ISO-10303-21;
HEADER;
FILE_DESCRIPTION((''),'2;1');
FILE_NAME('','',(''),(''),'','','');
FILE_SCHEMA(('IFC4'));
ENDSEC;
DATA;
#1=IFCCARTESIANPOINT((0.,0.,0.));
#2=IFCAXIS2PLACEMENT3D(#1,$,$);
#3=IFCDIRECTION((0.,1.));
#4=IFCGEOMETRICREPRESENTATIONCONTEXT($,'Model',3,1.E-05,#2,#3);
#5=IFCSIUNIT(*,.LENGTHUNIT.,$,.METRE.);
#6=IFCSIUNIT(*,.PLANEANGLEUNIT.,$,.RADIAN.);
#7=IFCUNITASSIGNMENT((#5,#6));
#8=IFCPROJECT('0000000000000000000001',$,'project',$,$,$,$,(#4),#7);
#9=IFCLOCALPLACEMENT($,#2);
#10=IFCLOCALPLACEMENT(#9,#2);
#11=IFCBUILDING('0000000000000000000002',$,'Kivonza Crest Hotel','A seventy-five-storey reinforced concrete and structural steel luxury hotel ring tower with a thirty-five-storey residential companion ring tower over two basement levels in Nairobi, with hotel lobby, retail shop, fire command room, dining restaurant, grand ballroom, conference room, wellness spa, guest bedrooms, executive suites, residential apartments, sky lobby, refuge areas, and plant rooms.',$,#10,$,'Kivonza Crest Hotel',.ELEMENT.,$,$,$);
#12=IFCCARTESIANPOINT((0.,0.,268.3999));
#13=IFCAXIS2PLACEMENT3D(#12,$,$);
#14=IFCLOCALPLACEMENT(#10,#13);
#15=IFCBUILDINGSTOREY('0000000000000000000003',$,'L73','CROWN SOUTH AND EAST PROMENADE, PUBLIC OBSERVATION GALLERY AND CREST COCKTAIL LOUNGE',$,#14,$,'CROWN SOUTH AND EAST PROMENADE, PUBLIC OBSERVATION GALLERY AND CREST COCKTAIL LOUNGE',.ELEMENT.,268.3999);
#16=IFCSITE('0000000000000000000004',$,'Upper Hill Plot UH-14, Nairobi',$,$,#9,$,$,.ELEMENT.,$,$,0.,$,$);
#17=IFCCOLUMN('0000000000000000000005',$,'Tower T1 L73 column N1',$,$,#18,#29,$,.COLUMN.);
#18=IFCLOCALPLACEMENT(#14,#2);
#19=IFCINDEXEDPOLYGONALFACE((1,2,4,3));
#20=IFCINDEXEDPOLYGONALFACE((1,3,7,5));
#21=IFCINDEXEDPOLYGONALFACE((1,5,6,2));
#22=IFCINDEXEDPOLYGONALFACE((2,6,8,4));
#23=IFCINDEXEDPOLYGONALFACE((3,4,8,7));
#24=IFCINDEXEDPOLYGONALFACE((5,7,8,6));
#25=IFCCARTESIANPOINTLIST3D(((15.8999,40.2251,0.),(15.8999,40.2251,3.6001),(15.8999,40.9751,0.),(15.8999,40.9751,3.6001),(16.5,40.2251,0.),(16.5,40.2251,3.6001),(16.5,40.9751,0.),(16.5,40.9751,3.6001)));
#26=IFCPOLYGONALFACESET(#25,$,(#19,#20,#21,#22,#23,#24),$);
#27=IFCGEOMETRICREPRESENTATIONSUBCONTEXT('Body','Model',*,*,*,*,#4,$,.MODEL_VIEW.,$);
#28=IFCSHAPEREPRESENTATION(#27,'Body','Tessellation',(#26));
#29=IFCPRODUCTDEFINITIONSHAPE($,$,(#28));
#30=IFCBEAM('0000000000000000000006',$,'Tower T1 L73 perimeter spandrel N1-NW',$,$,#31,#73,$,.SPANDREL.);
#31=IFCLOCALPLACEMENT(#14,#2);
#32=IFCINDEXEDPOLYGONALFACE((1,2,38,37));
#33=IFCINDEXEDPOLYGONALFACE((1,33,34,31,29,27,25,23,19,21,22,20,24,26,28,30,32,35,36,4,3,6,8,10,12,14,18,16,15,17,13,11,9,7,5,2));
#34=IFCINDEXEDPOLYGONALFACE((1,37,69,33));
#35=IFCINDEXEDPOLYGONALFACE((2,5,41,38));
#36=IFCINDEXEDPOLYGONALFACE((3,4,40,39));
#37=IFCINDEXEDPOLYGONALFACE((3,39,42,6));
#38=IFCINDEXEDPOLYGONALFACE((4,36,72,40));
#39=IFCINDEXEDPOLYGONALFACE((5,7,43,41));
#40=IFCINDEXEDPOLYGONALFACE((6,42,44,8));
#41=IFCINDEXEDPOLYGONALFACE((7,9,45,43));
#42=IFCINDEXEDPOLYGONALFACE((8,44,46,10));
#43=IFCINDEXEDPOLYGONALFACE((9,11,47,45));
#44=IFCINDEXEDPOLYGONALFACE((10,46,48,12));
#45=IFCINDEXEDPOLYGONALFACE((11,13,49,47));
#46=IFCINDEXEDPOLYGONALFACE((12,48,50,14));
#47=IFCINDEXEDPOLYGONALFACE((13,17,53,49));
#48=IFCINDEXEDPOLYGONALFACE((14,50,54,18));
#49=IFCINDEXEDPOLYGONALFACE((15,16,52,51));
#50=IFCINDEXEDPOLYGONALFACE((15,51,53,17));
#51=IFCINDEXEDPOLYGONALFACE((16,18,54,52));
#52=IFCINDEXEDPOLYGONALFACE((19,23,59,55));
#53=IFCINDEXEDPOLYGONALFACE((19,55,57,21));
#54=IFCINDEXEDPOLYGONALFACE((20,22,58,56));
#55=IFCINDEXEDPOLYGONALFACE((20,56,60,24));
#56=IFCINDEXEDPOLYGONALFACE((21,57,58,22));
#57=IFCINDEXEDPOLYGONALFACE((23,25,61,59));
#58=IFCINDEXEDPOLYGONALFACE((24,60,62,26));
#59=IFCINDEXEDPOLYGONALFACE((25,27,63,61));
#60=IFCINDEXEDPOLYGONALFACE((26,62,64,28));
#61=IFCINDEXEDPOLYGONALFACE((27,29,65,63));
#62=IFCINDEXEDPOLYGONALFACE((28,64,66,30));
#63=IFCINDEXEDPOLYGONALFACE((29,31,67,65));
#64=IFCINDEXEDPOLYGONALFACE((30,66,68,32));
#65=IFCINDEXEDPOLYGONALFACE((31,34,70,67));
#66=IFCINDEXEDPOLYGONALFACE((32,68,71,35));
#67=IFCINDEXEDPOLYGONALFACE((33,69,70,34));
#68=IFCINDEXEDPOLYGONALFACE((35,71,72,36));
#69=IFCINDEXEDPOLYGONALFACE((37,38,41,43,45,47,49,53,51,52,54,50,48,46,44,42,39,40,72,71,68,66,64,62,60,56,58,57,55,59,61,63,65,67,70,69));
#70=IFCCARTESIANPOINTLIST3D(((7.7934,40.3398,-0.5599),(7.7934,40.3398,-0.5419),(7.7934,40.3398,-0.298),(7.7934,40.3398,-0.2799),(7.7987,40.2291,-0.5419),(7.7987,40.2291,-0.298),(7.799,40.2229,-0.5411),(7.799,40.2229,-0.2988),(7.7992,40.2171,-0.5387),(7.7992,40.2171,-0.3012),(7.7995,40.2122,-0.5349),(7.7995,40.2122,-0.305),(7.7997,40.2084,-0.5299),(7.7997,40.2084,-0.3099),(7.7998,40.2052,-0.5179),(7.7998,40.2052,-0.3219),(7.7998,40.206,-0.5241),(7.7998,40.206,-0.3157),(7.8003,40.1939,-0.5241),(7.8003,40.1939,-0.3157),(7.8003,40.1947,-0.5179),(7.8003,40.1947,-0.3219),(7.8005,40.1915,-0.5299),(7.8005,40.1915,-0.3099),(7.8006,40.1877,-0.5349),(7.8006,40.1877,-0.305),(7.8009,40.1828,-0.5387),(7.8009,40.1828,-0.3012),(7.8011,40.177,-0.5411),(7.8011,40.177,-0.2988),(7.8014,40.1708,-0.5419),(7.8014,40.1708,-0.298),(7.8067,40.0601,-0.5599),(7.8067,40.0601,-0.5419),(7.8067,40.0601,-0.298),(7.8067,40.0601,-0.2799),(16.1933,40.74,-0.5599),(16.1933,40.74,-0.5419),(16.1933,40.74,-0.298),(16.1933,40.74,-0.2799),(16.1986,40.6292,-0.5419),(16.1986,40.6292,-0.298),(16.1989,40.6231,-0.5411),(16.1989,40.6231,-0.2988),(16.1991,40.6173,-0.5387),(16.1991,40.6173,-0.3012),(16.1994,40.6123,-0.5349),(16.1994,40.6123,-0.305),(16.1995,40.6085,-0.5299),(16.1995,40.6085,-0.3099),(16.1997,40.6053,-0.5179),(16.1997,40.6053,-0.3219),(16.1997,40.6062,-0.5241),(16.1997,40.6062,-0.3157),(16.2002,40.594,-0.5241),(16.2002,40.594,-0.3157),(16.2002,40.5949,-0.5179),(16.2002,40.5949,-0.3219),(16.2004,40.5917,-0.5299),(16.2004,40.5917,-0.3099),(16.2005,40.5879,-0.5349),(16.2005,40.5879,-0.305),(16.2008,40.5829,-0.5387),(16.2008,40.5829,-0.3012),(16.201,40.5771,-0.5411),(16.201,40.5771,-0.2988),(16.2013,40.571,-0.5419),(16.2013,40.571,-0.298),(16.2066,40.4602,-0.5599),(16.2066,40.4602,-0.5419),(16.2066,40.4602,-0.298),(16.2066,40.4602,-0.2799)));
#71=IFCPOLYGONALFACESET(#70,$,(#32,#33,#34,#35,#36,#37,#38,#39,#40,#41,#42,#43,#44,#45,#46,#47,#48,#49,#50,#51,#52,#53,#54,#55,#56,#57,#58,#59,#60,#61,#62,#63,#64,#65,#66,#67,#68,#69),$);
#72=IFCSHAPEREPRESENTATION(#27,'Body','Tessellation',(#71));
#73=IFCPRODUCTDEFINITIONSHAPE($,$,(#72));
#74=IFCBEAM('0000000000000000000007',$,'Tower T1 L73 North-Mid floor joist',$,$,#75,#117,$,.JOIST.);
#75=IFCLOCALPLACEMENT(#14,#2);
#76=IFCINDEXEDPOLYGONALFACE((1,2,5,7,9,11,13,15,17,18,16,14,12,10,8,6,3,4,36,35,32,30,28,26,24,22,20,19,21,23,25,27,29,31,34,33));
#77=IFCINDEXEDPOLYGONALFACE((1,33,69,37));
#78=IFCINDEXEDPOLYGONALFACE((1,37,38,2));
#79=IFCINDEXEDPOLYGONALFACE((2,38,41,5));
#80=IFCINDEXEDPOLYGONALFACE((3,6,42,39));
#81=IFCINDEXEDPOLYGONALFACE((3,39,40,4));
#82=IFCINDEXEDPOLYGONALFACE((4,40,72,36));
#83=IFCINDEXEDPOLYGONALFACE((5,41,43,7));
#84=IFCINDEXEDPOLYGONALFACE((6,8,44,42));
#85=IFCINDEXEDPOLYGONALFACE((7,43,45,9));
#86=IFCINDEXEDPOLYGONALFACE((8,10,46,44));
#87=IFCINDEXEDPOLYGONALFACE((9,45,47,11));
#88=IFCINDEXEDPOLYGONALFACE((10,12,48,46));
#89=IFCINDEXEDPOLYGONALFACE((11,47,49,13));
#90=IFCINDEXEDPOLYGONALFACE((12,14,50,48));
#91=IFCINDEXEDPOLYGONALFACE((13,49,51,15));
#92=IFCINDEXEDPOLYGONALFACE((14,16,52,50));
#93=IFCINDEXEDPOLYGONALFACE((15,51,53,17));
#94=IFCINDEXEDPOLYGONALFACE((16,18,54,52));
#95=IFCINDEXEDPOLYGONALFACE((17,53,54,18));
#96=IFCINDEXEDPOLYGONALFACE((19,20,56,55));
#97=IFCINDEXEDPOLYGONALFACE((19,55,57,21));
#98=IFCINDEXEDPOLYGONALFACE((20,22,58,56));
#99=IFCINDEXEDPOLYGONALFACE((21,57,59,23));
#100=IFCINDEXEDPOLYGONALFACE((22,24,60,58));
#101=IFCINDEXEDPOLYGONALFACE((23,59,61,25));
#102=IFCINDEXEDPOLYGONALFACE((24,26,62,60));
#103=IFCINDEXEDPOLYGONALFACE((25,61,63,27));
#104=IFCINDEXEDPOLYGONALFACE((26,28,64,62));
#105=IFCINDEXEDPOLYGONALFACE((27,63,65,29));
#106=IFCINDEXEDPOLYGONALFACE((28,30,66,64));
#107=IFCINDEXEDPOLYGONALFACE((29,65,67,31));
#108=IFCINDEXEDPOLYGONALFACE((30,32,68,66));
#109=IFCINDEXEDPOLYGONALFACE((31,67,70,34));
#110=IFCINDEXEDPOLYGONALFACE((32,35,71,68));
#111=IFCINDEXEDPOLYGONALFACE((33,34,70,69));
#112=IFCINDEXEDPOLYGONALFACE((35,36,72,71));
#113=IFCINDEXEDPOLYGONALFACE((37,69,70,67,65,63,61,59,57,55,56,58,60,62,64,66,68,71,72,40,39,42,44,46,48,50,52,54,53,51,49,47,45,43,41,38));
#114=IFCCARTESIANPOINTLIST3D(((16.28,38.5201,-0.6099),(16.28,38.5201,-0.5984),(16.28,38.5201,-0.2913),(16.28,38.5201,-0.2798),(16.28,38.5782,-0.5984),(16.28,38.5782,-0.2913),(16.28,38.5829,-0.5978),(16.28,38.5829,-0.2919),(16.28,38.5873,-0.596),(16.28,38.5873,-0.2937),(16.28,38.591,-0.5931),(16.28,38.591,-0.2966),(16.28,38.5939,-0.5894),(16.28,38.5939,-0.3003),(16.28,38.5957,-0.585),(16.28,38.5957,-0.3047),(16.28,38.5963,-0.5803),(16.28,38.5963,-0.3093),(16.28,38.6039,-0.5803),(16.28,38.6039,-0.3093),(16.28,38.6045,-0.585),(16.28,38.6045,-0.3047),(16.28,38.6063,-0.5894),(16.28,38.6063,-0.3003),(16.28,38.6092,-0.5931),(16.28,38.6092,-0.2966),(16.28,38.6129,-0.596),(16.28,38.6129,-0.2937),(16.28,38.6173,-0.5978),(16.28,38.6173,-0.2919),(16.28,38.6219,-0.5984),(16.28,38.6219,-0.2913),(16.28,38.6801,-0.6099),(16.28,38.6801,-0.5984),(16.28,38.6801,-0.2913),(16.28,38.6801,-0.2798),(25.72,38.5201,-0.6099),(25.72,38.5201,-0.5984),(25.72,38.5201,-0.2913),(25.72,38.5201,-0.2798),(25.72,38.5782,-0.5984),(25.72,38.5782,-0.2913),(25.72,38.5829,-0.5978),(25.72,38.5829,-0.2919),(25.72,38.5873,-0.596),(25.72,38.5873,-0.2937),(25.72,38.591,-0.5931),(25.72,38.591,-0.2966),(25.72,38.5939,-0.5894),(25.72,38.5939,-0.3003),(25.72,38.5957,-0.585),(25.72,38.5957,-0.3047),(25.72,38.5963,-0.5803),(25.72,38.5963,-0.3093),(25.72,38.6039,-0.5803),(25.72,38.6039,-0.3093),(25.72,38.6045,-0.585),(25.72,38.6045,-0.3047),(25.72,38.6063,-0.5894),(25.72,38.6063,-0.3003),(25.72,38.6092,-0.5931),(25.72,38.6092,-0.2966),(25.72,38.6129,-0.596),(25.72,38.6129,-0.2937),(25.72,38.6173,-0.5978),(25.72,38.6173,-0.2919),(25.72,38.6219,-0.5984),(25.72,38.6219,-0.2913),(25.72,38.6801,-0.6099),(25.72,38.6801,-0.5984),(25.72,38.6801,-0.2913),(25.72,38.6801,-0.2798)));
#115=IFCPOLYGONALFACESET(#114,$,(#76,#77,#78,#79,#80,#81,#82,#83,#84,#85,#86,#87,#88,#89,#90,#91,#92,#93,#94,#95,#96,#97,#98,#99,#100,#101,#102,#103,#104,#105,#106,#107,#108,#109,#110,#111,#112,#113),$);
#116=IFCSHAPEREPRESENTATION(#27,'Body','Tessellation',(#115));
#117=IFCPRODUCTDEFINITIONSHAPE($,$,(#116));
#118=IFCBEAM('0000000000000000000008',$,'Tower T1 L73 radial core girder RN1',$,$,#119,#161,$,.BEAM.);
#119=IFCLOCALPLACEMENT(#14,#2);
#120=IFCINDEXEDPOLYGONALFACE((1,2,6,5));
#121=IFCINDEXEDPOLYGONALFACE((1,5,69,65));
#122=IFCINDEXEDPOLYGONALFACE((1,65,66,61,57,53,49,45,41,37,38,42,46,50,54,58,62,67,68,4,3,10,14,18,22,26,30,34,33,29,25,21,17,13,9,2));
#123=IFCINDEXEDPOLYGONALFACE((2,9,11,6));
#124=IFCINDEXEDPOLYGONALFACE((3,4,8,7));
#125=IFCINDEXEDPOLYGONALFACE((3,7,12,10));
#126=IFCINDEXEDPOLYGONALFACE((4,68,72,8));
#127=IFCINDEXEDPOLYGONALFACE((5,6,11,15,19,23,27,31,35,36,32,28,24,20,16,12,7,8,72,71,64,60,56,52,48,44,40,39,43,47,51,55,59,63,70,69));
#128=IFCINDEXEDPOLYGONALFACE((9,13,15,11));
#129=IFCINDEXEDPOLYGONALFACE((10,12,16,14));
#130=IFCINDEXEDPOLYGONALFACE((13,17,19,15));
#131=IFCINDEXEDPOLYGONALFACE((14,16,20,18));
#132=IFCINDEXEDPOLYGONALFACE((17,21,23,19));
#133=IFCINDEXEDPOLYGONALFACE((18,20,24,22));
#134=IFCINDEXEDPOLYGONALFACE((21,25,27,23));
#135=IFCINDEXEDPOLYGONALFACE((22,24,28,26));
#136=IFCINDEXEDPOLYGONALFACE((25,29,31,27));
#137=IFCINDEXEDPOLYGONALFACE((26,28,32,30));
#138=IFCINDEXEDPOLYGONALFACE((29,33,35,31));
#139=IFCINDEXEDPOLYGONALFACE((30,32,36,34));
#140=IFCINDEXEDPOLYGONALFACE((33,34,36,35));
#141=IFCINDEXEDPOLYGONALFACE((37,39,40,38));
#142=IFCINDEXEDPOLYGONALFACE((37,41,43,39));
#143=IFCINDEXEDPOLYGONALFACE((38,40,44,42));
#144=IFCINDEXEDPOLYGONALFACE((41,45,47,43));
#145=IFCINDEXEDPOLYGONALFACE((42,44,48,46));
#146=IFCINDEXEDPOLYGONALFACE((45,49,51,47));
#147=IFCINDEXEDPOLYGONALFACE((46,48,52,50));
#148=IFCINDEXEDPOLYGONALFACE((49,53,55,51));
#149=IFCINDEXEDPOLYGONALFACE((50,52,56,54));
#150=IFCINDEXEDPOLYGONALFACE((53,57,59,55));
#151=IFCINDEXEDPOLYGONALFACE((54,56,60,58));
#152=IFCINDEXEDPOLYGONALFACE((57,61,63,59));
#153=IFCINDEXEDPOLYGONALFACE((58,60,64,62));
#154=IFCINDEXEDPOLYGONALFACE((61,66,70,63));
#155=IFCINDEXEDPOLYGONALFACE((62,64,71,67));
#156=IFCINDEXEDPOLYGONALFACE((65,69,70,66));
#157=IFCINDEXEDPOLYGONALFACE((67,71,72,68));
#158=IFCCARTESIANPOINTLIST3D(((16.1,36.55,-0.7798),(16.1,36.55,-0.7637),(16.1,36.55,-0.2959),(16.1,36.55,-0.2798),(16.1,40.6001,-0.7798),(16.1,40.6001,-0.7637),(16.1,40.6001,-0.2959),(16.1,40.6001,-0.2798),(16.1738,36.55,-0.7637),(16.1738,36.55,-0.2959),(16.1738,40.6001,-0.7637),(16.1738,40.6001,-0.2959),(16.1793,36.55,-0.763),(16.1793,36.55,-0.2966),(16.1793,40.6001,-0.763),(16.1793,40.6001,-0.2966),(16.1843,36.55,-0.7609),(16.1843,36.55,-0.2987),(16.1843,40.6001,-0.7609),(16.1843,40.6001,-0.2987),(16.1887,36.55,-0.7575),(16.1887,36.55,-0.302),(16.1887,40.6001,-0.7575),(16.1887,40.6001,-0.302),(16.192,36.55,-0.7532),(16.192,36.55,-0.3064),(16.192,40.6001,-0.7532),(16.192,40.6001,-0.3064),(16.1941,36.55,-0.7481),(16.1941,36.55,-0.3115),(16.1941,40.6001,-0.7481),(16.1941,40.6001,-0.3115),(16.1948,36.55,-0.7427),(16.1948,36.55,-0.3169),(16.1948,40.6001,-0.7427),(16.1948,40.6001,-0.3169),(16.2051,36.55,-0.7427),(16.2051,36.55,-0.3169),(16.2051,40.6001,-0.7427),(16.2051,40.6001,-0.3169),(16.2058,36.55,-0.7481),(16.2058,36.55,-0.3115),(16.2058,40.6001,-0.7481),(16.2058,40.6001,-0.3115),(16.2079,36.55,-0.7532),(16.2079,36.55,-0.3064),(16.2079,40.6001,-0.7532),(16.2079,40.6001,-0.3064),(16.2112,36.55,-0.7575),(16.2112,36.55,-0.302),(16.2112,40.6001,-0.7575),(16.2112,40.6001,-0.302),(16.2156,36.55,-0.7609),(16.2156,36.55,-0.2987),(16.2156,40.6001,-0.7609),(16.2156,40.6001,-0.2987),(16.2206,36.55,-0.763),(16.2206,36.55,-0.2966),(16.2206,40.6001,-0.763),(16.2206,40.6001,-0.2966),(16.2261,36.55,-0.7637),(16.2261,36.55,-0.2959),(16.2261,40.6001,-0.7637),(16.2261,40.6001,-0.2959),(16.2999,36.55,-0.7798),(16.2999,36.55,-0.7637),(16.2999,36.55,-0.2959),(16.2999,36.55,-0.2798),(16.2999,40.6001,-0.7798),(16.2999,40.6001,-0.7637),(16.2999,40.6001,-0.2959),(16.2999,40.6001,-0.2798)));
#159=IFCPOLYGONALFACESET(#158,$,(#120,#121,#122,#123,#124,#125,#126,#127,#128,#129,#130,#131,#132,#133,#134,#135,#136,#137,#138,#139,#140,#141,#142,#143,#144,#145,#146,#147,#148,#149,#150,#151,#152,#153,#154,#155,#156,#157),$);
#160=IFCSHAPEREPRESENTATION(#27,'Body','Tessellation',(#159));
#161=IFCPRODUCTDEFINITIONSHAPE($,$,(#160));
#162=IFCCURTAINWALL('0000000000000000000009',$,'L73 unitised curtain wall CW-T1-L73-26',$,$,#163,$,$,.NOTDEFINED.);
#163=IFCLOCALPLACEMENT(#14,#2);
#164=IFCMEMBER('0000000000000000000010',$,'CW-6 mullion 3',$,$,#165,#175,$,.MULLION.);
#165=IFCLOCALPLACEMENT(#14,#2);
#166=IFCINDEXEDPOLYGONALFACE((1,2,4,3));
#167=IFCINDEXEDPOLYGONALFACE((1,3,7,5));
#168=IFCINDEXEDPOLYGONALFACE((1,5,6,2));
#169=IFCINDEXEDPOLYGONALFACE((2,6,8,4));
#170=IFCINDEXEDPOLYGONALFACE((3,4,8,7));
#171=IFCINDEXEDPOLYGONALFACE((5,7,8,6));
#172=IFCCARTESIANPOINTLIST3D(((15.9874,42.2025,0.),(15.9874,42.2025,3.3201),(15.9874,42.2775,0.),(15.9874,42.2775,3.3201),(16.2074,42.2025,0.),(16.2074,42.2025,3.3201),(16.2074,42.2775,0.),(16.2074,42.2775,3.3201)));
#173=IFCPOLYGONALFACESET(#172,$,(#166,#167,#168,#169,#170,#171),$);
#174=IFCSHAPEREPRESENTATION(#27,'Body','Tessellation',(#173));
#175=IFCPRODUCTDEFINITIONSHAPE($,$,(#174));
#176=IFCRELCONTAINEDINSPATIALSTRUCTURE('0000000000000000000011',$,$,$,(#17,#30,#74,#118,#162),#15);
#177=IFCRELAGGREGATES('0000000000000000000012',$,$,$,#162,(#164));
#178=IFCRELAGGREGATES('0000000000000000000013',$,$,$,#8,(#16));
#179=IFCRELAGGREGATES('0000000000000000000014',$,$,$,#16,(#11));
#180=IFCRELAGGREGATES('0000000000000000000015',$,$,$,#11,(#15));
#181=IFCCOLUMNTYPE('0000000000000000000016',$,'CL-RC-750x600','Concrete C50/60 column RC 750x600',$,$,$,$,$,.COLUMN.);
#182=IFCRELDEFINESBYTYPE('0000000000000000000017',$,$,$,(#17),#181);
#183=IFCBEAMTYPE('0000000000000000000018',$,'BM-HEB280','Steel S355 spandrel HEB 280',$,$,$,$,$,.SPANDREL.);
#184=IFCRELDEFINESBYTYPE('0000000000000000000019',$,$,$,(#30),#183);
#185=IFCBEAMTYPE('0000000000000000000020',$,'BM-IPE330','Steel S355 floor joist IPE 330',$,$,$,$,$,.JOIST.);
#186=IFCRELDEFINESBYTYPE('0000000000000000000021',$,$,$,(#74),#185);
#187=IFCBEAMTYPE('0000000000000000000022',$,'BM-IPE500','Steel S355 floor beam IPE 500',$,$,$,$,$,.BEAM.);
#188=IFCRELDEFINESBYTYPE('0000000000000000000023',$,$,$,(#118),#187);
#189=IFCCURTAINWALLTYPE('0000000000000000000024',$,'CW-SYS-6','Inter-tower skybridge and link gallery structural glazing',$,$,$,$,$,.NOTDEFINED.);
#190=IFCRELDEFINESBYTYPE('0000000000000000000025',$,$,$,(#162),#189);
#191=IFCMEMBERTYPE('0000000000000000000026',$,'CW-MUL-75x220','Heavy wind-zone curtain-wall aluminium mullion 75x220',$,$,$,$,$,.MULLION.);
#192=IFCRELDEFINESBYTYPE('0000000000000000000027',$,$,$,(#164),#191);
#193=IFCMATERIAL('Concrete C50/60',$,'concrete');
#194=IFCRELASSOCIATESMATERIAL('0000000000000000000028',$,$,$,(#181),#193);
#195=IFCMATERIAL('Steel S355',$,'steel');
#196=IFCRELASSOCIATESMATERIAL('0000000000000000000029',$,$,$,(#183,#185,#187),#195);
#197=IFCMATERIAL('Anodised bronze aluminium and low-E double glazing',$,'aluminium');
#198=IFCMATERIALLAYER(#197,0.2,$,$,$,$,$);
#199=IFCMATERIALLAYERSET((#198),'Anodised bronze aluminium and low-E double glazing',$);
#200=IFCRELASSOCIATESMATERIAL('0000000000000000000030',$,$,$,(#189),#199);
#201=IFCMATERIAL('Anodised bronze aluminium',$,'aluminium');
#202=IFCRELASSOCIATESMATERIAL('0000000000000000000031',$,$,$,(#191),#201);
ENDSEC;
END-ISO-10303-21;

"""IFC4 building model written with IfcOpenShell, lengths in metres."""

from ifc_helpers import new_model, si_unit, direction, frame, origin, origin_2d, place, context, subcontext, project, spatial, rectangle, i_section, extrude, material, layer, layer_set, material_profile, profile_set, type_object, element, aggregate, save


model = new_model("IFC4")

# Units and contexts
model_context = context("Model", 3, precision=1e-05, world=origin(), true_north=direction((0.0, 1.0)))
body_context = subcontext(model_context, "Body", "Model", "MODEL_VIEW")
ifc_project = project(units=[si_unit("LENGTHUNIT", "METRE"), si_unit("PLANEANGLEUNIT", "RADIAN")], contexts=[model_context])

# Site, building, storey
site_placement = place(None, origin())
site = spatial("IfcSite", under=ifc_project, at=site_placement, Name="Upper Hill Plot UH-14, Nairobi", CompositionType="ELEMENT", RefElevation=0.0)
building_placement = place(site_placement, origin())
building = spatial("IfcBuilding", under=site, at=building_placement, Name="Kivonza Crest Hotel", Description="A seventy-five-storey reinforced concrete and structural steel luxury hotel ring tower with a thirty-five-storey residential companion ring tower over two basement levels in Nairobi, with hotel lobby, retail shop, fire command room, dining restaurant, grand ballroom, conference room, wellness spa, guest bedrooms, executive suites, residential apartments, sky lobby, refuge areas, and plant rooms.", LongName="Kivonza Crest Hotel", CompositionType="ELEMENT")
storey_placement = place(building_placement, frame((0.0, 0.0, 268.3999)))
storey = spatial("IfcBuildingStorey", under=building, at=storey_placement, Name="L73", Description="CROWN SOUTH AND EAST PROMENADE, PUBLIC OBSERVATION GALLERY AND CREST COCKTAIL LOUNGE", LongName="CROWN SOUTH AND EAST PROMENADE, PUBLIC OBSERVATION GALLERY AND CREST COCKTAIL LOUNGE", CompositionType="ELEMENT", Elevation=268.3999)

# Column
ifc_material_1 = material(Name="Concrete C50/60", Category="concrete")
ifc_material_profile_1 = material_profile(ifc_material_1, rectangle(XDim=0.6001, YDim=0.75, at=origin_2d()), Name="RC 750x600")
ifc_profile_set_1 = profile_set([ifc_material_profile_1], Name="Concrete C50/60")
column_type = type_object("IfcColumnType", Name="CL-RC-750x600", Description="Concrete C50/60 column RC 750x600", PredefinedType="COLUMN", material=ifc_profile_set_1)
column_placement = place(storey_placement, frame((16.2, 40.6001, 0.0), z_axis=(0.0, 0.0, 1.0), x_axis=(1.0, 0.0, 0.0)))
element("IfcColumn", 1, at=column_placement, inside=storey, type_object=column_type, Name="Tower T1 L73 column N1", PredefinedType="COLUMN", context=body_context, shape_type="SweptSolid", body=[
    extrude(rectangle(XDim=0.6001, YDim=0.75, at=origin_2d()), origin(), (0.0, 0.0, 1.0), 3.6001),
])

# Beams
ifc_material_2 = material(Name="Steel S355", Category="steel")
ifc_material_profile_2 = material_profile(ifc_material_2, i_section(OverallWidth=0.28, OverallDepth=0.28, WebThickness=0.0105, FlangeThickness=0.0181, FilletRadius=0.0239, at=origin_2d()), Name="HEB 280")
ifc_profile_set_2 = profile_set([ifc_material_profile_2], Name="Steel S355")
beam_type_1 = type_object("IfcBeamType", Name="BM-HEB280", Description="Steel S355 spandrel HEB 280", PredefinedType="SPANDREL", material=ifc_profile_set_2)
beam_1_placement = place(storey_placement, frame((16.2, 40.6001, -0.4199), z_axis=(-0.998867, -0.047583, 0.0), x_axis=(0.047583, -0.998867, 0.0)))
element("IfcBeam", 2, at=beam_1_placement, inside=storey, type_object=beam_type_1, Name="Tower T1 L73 perimeter spandrel N1-NW", PredefinedType="SPANDREL", context=body_context, shape_type="SweptSolid", body=[
    extrude(i_section(OverallWidth=0.28, OverallDepth=0.28, WebThickness=0.0105, FlangeThickness=0.0181, FilletRadius=0.0239, at=origin_2d()), origin(), (0.0, 0.0, 1.0), 8.4094),
])
ifc_material_profile_3 = material_profile(ifc_material_2, i_section(OverallWidth=0.1599, OverallDepth=0.3301, WebThickness=0.0076, FlangeThickness=0.0115, FilletRadius=0.0181, at=origin_2d()), Name="IPE 330")
ifc_profile_set_3 = profile_set([ifc_material_profile_3], Name="Steel S355")
beam_type_2 = type_object("IfcBeamType", Name="BM-IPE330", Description="Steel S355 floor joist IPE 330", PredefinedType="JOIST", material=ifc_profile_set_3)
beam_2_placement = place(storey_placement, frame((16.28, 38.6001, -0.4448), z_axis=(1.0, 0.0, 0.0), x_axis=(0.0, 1.0, 0.0)))
element("IfcBeam", 3, at=beam_2_placement, inside=storey, type_object=beam_type_2, Name="Tower T1 L73 North-Mid floor joist", PredefinedType="JOIST", context=body_context, shape_type="SweptSolid", body=[
    extrude(i_section(OverallWidth=0.1599, OverallDepth=0.3301, WebThickness=0.0076, FlangeThickness=0.0115, FilletRadius=0.0181, at=origin_2d()), origin(), (0.0, 0.0, 1.0), 9.4399),
])
ifc_material_profile_4 = material_profile(ifc_material_2, i_section(OverallWidth=0.2, OverallDepth=0.5, WebThickness=0.0103, FlangeThickness=0.0161, FilletRadius=0.021, at=origin_2d()), Name="IPE 500")
ifc_profile_set_4 = profile_set([ifc_material_profile_4], Name="Steel S355")
beam_type_3 = type_object("IfcBeamType", Name="BM-IPE500", Description="Steel S355 floor beam IPE 500", PredefinedType="BEAM", material=ifc_profile_set_4)
beam_3_placement = place(storey_placement, frame((16.2, 40.6001, -0.5298), z_axis=(0.0, -1.0, 0.0), x_axis=(1.0, 0.0, 0.0)))
element("IfcBeam", 4, at=beam_3_placement, inside=storey, type_object=beam_type_3, Name="Tower T1 L73 radial core girder RN1", PredefinedType="BEAM", context=body_context, shape_type="SweptSolid", body=[
    extrude(i_section(OverallWidth=0.2, OverallDepth=0.5, WebThickness=0.0103, FlangeThickness=0.0161, FilletRadius=0.021, at=origin_2d()), origin(), (0.0, 0.0, 1.0), 4.05),
])

# Curtain wall, member
ifc_material_3 = material(Name="Anodised bronze aluminium and low-E double glazing", Category="aluminium")
ifc_layer_1 = layer(ifc_material_3, 0.2)
ifc_layer_set_1 = layer_set([ifc_layer_1], Name="Anodised bronze aluminium and low-E double glazing")
curtain_wall_type = type_object("IfcCurtainWallType", Name="CW-SYS-6", Description="Inter-tower skybridge and link gallery structural glazing", PredefinedType="NOTDEFINED", material=ifc_layer_set_1)
curtain_wall_placement = place(storey_placement, origin())
curtain_wall = element("IfcCurtainWall", 5, at=curtain_wall_placement, inside=storey, type_object=curtain_wall_type, Name="L73 unitised curtain wall CW-T1-L73-26", PredefinedType="NOTDEFINED")
ifc_material_4 = material(Name="Anodised bronze aluminium", Category="aluminium")
ifc_material_profile_5 = material_profile(ifc_material_4, rectangle(XDim=0.075, YDim=0.22, at=origin_2d()), Name="CW-M 75x220")
ifc_profile_set_5 = profile_set([ifc_material_profile_5], Name="Anodised bronze aluminium")
member_type = type_object("IfcMemberType", Name="CW-MUL-75x220", Description="Heavy wind-zone curtain-wall aluminium mullion 75x220", PredefinedType="MULLION", material=ifc_profile_set_5)
member_placement = place(storey_placement, frame((16.0974, 42.24, 0.0), z_axis=(0.0, 0.0, 1.0), x_axis=(0.0, -1.0, 0.0)))
member = element("IfcMember", 6, at=member_placement, type_object=member_type, Name="CW-6 mullion 3", PredefinedType="MULLION", context=body_context, shape_type="SweptSolid", body=[
    extrude(rectangle(XDim=0.075, YDim=0.22, at=origin_2d()), origin(), (0.0, 0.0, 1.0), 3.3201),
])
aggregate(curtain_wall, [member])

save(model, "model.ifc")
